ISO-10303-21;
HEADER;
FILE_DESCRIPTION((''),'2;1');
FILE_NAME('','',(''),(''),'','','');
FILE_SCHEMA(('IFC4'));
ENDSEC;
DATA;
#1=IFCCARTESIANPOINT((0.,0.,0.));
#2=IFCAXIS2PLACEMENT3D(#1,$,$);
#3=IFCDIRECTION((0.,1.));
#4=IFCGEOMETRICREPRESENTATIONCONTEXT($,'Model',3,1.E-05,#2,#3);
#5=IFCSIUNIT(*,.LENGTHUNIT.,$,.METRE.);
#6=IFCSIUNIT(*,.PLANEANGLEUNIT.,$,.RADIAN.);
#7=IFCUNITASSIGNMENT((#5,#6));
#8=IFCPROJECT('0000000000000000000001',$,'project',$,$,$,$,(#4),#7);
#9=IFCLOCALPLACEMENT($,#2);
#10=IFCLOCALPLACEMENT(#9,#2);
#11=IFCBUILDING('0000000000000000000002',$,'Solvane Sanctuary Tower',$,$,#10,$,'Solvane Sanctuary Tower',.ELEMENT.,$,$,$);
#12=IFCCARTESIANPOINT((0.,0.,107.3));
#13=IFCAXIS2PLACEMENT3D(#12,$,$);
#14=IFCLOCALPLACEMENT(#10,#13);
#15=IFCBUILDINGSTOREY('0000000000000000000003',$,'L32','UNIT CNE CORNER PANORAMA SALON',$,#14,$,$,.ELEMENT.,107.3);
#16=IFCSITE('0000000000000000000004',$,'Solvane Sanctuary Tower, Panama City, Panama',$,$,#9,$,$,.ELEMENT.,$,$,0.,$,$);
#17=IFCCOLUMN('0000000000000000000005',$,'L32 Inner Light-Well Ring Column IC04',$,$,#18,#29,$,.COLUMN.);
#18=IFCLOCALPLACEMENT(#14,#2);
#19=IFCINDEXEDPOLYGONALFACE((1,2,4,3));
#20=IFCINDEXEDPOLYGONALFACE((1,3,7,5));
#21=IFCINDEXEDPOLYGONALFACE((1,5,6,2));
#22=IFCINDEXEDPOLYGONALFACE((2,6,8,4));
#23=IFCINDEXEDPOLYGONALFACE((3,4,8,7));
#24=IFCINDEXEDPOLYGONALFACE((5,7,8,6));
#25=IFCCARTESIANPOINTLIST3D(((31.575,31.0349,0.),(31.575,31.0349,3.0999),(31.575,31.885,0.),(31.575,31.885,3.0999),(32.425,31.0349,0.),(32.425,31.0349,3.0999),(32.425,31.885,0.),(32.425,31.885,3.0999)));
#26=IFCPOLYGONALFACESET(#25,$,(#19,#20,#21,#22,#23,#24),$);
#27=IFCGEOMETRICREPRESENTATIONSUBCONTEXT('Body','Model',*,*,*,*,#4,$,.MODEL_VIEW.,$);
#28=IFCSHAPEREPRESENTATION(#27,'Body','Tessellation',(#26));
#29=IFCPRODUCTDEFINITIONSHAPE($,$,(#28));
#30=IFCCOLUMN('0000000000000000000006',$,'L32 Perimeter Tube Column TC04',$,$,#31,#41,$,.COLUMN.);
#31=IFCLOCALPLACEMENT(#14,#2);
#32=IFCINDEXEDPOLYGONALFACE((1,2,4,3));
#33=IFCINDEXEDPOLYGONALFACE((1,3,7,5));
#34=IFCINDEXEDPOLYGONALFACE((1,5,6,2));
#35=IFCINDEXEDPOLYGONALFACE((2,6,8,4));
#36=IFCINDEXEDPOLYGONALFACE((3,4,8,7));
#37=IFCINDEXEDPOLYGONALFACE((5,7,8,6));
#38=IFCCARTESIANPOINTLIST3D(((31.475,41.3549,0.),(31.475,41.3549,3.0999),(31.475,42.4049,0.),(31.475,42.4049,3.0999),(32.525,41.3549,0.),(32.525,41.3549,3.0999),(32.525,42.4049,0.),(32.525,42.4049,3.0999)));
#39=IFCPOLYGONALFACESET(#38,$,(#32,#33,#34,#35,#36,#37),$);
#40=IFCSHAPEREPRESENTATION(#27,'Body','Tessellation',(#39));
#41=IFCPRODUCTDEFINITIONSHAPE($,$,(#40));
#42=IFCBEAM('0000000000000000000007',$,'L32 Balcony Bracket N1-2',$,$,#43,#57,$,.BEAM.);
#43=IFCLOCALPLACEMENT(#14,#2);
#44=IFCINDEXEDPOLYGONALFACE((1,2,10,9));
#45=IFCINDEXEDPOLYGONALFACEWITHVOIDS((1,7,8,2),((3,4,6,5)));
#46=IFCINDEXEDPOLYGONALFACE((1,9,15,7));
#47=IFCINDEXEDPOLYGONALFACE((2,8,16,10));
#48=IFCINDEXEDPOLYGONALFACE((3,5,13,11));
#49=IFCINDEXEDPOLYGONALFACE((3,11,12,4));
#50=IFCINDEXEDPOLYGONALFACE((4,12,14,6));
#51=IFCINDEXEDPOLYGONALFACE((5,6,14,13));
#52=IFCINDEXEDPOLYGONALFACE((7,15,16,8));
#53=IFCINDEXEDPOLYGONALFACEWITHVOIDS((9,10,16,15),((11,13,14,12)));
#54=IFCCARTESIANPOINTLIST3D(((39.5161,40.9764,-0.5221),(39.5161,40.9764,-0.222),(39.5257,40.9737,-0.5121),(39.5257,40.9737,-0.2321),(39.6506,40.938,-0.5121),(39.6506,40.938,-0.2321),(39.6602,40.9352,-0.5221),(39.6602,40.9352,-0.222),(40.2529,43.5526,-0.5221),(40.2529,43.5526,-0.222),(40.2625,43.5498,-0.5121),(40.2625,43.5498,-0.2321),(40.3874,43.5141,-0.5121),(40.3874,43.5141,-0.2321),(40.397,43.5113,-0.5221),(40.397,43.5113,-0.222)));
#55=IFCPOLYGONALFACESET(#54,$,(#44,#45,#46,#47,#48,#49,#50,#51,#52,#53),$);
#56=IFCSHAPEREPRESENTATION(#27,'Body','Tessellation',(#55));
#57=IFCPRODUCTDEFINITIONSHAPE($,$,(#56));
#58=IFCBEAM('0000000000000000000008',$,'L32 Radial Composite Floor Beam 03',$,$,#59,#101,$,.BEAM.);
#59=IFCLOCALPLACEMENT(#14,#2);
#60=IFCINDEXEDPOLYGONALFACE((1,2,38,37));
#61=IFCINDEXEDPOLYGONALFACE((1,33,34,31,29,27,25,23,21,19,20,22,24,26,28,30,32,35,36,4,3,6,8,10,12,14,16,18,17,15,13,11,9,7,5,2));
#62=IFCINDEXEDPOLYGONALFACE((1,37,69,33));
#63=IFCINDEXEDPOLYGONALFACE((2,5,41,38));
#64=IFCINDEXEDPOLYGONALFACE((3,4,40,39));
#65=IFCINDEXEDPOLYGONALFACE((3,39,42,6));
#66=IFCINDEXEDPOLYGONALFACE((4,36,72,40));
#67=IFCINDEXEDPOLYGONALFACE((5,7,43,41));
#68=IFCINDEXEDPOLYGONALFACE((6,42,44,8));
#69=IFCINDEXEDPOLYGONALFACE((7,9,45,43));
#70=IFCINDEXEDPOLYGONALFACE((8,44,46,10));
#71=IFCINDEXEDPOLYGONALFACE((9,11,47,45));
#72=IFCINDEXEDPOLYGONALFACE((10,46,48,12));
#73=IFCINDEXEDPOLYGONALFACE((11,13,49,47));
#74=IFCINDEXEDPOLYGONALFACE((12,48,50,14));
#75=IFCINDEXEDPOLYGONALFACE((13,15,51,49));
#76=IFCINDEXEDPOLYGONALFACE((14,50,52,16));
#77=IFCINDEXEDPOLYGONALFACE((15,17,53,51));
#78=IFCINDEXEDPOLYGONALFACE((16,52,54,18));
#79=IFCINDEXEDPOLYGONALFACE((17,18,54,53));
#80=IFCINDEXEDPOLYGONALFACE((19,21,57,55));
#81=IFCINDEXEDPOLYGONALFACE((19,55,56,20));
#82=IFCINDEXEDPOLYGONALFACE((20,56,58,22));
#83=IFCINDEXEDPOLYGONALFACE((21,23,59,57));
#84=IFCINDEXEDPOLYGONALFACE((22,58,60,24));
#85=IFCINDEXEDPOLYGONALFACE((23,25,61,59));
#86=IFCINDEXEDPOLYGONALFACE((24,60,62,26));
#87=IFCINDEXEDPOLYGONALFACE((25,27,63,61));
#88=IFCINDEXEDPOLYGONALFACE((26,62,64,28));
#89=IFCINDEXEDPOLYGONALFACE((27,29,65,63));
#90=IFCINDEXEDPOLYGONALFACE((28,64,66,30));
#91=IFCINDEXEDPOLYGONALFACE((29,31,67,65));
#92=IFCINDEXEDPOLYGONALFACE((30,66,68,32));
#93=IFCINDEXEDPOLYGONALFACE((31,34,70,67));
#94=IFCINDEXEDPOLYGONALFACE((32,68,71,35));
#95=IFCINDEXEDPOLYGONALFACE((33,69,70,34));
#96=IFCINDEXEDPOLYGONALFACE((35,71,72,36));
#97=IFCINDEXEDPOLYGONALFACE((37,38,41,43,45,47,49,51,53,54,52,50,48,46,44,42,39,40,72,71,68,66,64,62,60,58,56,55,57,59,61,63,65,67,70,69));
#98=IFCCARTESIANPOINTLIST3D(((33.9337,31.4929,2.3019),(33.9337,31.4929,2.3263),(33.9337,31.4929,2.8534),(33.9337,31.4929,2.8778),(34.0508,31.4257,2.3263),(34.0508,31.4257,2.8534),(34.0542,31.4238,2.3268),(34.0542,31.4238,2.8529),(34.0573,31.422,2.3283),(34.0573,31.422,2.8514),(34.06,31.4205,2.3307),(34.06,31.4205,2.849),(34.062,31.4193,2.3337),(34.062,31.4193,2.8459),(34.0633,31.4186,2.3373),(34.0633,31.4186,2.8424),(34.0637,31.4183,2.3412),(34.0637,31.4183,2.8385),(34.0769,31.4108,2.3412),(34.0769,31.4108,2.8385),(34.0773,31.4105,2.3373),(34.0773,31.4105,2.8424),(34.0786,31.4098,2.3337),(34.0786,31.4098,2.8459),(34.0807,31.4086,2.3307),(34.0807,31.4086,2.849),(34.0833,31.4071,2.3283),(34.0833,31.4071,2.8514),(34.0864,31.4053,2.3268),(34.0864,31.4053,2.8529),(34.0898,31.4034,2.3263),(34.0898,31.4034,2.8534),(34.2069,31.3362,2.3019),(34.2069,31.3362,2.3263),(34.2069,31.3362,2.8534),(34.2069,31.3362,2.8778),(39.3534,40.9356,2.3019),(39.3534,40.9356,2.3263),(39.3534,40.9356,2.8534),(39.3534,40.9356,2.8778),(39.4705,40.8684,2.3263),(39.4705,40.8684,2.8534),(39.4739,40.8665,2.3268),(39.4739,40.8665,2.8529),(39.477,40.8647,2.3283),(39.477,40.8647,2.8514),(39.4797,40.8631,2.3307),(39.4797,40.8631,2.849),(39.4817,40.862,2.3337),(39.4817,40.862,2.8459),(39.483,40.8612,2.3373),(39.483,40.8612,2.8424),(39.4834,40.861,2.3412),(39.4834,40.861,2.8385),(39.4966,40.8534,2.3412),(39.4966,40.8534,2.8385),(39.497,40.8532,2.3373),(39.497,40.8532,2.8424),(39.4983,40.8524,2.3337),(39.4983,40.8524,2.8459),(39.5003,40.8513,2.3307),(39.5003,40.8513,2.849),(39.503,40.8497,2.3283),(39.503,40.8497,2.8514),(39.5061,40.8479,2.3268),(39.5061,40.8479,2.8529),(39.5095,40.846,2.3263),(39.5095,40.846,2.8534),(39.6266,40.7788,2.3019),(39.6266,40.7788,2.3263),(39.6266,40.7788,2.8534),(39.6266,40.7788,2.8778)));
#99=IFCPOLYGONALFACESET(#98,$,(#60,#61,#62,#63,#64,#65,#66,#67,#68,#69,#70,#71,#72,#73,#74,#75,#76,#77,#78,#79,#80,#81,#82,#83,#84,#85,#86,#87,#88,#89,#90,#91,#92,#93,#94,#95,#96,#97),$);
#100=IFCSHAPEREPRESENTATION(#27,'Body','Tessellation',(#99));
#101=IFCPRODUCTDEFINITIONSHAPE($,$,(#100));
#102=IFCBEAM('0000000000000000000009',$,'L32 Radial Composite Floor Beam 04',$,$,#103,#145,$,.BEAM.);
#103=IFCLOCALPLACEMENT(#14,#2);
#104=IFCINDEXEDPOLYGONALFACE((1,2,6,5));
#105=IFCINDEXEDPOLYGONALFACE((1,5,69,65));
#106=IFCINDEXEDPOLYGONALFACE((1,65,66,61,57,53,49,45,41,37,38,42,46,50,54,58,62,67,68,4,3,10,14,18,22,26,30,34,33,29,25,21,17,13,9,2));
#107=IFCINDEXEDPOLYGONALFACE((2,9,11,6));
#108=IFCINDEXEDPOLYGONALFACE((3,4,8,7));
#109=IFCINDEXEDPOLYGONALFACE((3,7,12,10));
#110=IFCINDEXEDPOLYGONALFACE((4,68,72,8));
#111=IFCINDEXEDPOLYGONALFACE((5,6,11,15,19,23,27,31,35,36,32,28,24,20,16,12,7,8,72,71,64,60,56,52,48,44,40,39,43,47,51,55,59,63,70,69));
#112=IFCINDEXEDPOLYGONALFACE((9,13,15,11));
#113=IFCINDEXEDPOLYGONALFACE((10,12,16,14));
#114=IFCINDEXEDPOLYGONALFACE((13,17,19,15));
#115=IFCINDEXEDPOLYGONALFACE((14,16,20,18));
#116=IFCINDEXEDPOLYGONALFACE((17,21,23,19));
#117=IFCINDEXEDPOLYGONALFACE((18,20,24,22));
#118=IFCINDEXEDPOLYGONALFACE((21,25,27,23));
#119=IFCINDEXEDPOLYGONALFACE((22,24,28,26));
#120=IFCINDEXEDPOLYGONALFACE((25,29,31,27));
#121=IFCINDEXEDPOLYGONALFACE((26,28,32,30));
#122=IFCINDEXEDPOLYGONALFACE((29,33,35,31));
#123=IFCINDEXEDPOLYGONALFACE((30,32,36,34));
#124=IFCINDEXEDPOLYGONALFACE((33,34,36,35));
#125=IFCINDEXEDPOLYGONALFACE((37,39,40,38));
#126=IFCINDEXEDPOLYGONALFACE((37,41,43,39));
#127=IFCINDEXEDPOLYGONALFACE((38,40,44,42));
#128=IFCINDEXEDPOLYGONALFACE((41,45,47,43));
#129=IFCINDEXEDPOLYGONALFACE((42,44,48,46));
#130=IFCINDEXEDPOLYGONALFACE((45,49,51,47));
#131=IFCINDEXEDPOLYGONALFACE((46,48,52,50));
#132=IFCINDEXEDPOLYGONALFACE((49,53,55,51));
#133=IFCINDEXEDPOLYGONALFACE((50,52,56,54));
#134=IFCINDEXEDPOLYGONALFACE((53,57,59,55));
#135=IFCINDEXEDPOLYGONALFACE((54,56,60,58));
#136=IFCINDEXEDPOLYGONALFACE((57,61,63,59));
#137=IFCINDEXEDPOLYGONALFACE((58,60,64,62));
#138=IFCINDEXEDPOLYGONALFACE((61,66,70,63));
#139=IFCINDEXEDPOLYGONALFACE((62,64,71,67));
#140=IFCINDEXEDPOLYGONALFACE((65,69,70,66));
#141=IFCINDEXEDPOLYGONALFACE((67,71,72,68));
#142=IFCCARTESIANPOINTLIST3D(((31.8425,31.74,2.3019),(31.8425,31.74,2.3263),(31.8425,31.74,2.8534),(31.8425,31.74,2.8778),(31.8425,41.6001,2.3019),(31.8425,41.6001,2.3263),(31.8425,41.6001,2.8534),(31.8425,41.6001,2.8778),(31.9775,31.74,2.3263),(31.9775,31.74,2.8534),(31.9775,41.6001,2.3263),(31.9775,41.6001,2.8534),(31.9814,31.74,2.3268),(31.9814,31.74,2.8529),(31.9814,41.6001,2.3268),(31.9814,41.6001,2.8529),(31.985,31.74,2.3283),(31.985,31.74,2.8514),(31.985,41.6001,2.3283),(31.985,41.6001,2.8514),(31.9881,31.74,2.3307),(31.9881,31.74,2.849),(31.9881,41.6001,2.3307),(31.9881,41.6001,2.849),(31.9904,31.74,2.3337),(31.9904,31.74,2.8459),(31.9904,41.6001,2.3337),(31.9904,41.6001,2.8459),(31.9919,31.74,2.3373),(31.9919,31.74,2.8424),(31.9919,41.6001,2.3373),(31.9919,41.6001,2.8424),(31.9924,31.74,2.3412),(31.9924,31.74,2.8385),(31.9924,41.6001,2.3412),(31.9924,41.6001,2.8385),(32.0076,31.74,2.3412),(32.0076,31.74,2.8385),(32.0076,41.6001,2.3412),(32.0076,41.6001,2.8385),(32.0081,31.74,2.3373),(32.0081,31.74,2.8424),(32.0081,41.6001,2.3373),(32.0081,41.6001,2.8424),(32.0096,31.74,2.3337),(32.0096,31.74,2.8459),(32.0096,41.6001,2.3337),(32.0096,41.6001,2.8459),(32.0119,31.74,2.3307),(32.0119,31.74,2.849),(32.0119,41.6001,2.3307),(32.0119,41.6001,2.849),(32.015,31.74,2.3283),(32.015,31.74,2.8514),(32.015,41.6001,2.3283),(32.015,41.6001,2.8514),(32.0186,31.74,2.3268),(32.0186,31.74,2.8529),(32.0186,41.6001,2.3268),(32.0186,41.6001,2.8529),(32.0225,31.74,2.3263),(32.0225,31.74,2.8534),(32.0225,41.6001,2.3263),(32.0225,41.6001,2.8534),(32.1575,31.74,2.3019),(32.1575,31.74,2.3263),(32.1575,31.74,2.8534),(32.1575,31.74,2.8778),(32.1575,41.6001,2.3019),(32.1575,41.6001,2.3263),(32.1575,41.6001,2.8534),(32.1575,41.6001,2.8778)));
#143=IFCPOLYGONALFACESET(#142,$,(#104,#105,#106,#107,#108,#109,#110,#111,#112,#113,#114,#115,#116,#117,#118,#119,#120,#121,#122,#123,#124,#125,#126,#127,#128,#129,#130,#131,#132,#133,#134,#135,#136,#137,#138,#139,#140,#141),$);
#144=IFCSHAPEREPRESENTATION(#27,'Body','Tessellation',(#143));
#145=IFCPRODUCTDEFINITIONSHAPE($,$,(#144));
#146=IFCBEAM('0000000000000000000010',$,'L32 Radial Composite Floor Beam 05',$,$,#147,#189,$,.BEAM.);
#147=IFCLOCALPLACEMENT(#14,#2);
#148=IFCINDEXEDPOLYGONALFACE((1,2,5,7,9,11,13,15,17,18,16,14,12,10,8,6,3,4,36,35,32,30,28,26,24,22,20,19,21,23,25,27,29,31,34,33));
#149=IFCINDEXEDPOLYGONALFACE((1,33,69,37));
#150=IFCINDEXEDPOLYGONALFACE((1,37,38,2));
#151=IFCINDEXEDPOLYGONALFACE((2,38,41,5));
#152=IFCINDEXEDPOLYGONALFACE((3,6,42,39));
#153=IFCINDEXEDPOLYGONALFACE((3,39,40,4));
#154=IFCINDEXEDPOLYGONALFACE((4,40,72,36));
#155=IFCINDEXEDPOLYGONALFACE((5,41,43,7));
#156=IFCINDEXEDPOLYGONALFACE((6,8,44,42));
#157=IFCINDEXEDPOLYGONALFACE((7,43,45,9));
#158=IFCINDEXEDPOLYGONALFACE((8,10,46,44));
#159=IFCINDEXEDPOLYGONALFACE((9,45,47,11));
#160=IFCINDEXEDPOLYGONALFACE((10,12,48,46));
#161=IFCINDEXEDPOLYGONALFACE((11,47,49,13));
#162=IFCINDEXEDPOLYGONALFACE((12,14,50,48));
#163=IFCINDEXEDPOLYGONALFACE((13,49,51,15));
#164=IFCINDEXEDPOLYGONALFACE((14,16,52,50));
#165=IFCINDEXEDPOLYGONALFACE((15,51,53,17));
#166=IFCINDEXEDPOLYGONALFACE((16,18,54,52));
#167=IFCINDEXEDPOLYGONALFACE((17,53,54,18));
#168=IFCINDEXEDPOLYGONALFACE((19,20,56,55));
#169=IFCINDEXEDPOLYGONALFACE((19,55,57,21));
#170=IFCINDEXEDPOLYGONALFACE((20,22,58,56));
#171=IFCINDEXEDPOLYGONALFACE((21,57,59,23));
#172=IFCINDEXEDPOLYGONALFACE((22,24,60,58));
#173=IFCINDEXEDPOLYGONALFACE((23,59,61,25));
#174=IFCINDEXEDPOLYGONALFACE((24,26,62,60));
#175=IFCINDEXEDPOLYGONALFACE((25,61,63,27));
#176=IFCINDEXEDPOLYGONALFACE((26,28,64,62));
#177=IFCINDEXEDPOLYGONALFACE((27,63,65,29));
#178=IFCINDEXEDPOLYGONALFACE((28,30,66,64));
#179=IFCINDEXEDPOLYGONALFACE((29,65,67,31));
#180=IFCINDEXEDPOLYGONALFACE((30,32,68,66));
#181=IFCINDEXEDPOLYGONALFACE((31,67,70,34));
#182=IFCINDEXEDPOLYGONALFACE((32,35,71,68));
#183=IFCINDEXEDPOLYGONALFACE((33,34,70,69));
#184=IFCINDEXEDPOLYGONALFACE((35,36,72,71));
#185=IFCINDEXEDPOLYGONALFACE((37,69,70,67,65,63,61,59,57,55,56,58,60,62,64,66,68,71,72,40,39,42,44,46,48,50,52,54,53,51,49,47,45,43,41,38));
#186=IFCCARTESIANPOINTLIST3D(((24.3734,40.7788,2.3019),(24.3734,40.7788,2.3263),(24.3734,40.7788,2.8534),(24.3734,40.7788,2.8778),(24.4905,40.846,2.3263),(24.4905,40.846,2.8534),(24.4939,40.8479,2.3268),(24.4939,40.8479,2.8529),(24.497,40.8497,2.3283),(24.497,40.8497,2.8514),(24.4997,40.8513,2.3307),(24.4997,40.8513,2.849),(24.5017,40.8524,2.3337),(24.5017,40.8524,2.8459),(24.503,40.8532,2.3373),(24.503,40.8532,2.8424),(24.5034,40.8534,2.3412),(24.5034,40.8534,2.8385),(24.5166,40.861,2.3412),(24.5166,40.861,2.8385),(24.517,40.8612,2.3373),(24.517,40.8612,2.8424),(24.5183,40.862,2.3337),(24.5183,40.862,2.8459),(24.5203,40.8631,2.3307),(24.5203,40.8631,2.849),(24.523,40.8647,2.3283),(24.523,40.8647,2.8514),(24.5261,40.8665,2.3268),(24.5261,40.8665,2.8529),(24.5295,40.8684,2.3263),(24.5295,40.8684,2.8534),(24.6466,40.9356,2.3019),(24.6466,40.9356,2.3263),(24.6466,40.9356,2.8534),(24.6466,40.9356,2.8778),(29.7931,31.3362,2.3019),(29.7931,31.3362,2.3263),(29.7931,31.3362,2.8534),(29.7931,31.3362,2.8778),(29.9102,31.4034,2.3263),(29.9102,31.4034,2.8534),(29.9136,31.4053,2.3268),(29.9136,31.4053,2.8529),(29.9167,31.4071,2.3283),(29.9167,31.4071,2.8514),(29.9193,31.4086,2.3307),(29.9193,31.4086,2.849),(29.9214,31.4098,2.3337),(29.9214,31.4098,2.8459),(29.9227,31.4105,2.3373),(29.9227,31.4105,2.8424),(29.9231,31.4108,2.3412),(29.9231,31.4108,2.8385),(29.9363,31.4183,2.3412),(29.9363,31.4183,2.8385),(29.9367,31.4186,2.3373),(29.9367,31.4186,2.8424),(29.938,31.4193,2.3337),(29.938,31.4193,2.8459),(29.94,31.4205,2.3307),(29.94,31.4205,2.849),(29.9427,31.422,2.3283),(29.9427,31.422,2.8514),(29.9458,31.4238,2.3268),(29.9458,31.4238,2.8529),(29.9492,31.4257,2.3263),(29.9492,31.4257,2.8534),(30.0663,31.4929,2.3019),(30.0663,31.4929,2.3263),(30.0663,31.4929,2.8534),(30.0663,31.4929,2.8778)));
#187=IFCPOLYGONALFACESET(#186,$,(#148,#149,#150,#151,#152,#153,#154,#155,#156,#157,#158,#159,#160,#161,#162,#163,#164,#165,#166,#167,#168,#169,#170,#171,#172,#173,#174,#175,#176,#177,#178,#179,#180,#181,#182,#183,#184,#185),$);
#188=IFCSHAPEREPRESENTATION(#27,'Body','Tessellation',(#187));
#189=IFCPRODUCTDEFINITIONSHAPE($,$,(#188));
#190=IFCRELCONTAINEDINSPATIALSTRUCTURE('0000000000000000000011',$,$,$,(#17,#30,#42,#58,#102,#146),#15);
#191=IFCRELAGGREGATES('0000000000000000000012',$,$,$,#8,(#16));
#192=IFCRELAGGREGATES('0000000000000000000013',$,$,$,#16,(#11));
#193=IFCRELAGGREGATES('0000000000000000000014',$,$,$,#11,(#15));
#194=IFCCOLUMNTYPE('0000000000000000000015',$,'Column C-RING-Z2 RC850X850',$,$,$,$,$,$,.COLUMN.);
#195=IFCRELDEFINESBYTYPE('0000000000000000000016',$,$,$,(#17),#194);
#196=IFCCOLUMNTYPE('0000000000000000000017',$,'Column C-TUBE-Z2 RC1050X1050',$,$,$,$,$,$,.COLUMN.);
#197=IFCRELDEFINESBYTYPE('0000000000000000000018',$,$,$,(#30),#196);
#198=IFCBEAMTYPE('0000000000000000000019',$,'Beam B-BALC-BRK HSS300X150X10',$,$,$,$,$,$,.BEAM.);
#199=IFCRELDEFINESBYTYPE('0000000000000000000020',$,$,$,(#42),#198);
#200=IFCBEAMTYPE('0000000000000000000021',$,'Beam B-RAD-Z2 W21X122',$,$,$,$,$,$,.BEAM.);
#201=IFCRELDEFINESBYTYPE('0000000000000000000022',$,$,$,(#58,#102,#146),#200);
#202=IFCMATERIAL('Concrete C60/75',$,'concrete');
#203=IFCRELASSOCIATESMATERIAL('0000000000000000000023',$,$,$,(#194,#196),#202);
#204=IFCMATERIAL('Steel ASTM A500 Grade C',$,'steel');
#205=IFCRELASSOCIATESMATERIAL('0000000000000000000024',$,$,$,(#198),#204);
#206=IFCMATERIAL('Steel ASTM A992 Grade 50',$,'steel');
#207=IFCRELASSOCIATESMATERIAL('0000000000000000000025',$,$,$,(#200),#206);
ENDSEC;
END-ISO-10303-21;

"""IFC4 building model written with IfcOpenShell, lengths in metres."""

from ifc_helpers import new_model, si_unit, direction, frame, origin, origin_2d, place, context, subcontext, project, spatial, rectangle, hollow_rectangle, i_section, extrude, material, material_profile, profile_set, type_object, element, save


model = new_model("IFC4")

# Units and contexts
model_context = context("Model", 3, precision=1e-05, world=origin(), true_north=direction((0.0, 1.0)))
body_context = subcontext(model_context, "Body", "Model", "MODEL_VIEW")
ifc_project = project(units=[si_unit("LENGTHUNIT", "METRE"), si_unit("PLANEANGLEUNIT", "RADIAN")], contexts=[model_context])

# Site, building, storey
site_placement = place(None, origin())
site = spatial("IfcSite", under=ifc_project, at=site_placement, Name="Solvane Sanctuary Tower, Panama City, Panama", CompositionType="ELEMENT", RefElevation=0.0)
building_placement = place(site_placement, origin())
building = spatial("IfcBuilding", under=site, at=building_placement, Name="Solvane Sanctuary Tower", LongName="Solvane Sanctuary Tower", CompositionType="ELEMENT")
storey_placement = place(building_placement, frame((0.0, 0.0, 107.3)))
storey = spatial("IfcBuildingStorey", under=building, at=storey_placement, Name="L32", Description="UNIT CNE CORNER PANORAMA SALON", CompositionType="ELEMENT", Elevation=107.3)

# Columns
ifc_material_1 = material(Name="Concrete C60/75", Category="concrete")
ifc_material_profile_1 = material_profile(ifc_material_1, rectangle(XDim=0.8501, YDim=0.8501, at=origin_2d()), Name="RC850X850")
ifc_profile_set_1 = profile_set([ifc_material_profile_1], Name="Concrete C60/75")
column_type_1 = type_object("IfcColumnType", Name="Column C-RING-Z2 RC850X850", PredefinedType="COLUMN", material=ifc_profile_set_1)
column_1_placement = place(storey_placement, frame((32.0, 31.46, 0.0), z_axis=(0.0, 0.0, 1.0), x_axis=(1.0, 0.0, 0.0)))
element("IfcColumn", 1, at=column_1_placement, inside=storey, type_object=column_type_1, Name="L32 Inner Light-Well Ring Column IC04", PredefinedType="COLUMN", context=body_context, shape_type="SweptSolid", body=[
    extrude(rectangle(XDim=0.8501, YDim=0.8501, at=origin_2d()), origin(), (0.0, 0.0, 1.0), 3.0999),
])
ifc_material_profile_2 = material_profile(ifc_material_1, rectangle(XDim=1.05, YDim=1.05, at=origin_2d()), Name="RC1050X1050")
ifc_profile_set_2 = profile_set([ifc_material_profile_2], Name="Concrete C60/75")
column_type_2 = type_object("IfcColumnType", Name="Column C-TUBE-Z2 RC1050X1050", PredefinedType="COLUMN", material=ifc_profile_set_2)
column_2_placement = place(storey_placement, frame((32.0, 41.8799, 0.0), z_axis=(0.0, 0.0, 1.0), x_axis=(0.0, 1.0, 0.0)))
element("IfcColumn", 2, at=column_2_placement, inside=storey, type_object=column_type_2, Name="L32 Perimeter Tube Column TC04", PredefinedType="COLUMN", context=body_context, shape_type="SweptSolid", body=[
    extrude(rectangle(XDim=1.05, YDim=1.05, at=origin_2d()), origin(), (0.0, 0.0, 1.0), 3.0999),
])

# Beams
ifc_material_2 = material(Name="Steel ASTM A500 Grade C", Category="steel")
ifc_material_profile_3 = material_profile(ifc_material_2, hollow_rectangle(XDim=0.1499, YDim=0.3, WallThickness=0.01, at=origin_2d()), Name="HSS300X150X10")
ifc_profile_set_3 = profile_set([ifc_material_profile_3], Name="Steel ASTM A500 Grade C")
beam_type_1 = type_object("IfcBeamType", Name="Beam B-BALC-BRK HSS300X150X10", PredefinedType="BEAM", material=ifc_profile_set_3)
beam_1_placement = place(storey_placement, frame((39.5881, 40.9558, -0.3721), z_axis=(0.274986, 0.961448, 0.0), x_axis=(-0.961448, 0.274986, 0.0)))
element("IfcBeam", 3, at=beam_1_placement, inside=storey, type_object=beam_type_1, Name="L32 Balcony Bracket N1-2", PredefinedType="BEAM", context=body_context, shape_type="SweptSolid", body=[
    extrude(hollow_rectangle(XDim=0.1499, YDim=0.3, WallThickness=0.01, at=origin_2d()), origin(), (0.0, 0.0, 1.0), 2.6794),
])
ifc_material_3 = material(Name="Steel ASTM A992 Grade 50", Category="steel")
ifc_material_profile_4 = material_profile(ifc_material_3, i_section(OverallWidth=0.3149, OverallDepth=0.5759, WebThickness=0.0151, FlangeThickness=0.0244, FilletRadius=0.0149, at=origin_2d()), Name="W21X122")
ifc_profile_set_4 = profile_set([ifc_material_profile_4], Name="Steel ASTM A992 Grade 50")
beam_type_2 = type_object("IfcBeamType", Name="Beam B-RAD-Z2 W21X122", PredefinedType="BEAM", material=ifc_profile_set_4)
beam_2_placement = place(storey_placement, frame((34.0703, 31.4146, 2.5898), z_axis=(0.497792, 0.867296, 0.0), x_axis=(-0.867296, 0.497792, 0.0)))
element("IfcBeam", 4, at=beam_2_placement, inside=storey, type_object=beam_type_2, Name="L32 Radial Composite Floor Beam 03", PredefinedType="BEAM", context=body_context, shape_type="SweptSolid", body=[
    extrude(i_section(OverallWidth=0.3149, OverallDepth=0.5759, WebThickness=0.0151, FlangeThickness=0.0244, FilletRadius=0.0149, at=origin_2d()), origin(), (0.0, 0.0, 1.0), 10.8875),
])
beam_3_placement = place(storey_placement, frame((32.0, 31.74, 2.5898), z_axis=(0.0, 1.0, 0.0), x_axis=(-1.0, 0.0, 0.0)))
element("IfcBeam", 5, at=beam_3_placement, inside=storey, type_object=beam_type_2, Name="L32 Radial Composite Floor Beam 04", PredefinedType="BEAM", context=body_context, shape_type="SweptSolid", body=[
    extrude(i_section(OverallWidth=0.3149, OverallDepth=0.5759, WebThickness=0.0151, FlangeThickness=0.0244, FilletRadius=0.0149, at=origin_2d()), origin(), (0.0, 0.0, 1.0), 9.8601),
])
beam_4_placement = place(storey_placement, frame((29.9297, 31.4146, 2.5898), z_axis=(-0.497792, 0.867296, 0.0), x_axis=(-0.867296, -0.497792, 0.0)))
element("IfcBeam", 6, at=beam_4_placement, inside=storey, type_object=beam_type_2, Name="L32 Radial Composite Floor Beam 05", PredefinedType="BEAM", context=body_context, shape_type="SweptSolid", body=[
    extrude(i_section(OverallWidth=0.3149, OverallDepth=0.5759, WebThickness=0.0151, FlangeThickness=0.0244, FilletRadius=0.0149, at=origin_2d()), origin(), (0.0, 0.0, 1.0), 10.8875),
])

save(model, "model.ifc")
